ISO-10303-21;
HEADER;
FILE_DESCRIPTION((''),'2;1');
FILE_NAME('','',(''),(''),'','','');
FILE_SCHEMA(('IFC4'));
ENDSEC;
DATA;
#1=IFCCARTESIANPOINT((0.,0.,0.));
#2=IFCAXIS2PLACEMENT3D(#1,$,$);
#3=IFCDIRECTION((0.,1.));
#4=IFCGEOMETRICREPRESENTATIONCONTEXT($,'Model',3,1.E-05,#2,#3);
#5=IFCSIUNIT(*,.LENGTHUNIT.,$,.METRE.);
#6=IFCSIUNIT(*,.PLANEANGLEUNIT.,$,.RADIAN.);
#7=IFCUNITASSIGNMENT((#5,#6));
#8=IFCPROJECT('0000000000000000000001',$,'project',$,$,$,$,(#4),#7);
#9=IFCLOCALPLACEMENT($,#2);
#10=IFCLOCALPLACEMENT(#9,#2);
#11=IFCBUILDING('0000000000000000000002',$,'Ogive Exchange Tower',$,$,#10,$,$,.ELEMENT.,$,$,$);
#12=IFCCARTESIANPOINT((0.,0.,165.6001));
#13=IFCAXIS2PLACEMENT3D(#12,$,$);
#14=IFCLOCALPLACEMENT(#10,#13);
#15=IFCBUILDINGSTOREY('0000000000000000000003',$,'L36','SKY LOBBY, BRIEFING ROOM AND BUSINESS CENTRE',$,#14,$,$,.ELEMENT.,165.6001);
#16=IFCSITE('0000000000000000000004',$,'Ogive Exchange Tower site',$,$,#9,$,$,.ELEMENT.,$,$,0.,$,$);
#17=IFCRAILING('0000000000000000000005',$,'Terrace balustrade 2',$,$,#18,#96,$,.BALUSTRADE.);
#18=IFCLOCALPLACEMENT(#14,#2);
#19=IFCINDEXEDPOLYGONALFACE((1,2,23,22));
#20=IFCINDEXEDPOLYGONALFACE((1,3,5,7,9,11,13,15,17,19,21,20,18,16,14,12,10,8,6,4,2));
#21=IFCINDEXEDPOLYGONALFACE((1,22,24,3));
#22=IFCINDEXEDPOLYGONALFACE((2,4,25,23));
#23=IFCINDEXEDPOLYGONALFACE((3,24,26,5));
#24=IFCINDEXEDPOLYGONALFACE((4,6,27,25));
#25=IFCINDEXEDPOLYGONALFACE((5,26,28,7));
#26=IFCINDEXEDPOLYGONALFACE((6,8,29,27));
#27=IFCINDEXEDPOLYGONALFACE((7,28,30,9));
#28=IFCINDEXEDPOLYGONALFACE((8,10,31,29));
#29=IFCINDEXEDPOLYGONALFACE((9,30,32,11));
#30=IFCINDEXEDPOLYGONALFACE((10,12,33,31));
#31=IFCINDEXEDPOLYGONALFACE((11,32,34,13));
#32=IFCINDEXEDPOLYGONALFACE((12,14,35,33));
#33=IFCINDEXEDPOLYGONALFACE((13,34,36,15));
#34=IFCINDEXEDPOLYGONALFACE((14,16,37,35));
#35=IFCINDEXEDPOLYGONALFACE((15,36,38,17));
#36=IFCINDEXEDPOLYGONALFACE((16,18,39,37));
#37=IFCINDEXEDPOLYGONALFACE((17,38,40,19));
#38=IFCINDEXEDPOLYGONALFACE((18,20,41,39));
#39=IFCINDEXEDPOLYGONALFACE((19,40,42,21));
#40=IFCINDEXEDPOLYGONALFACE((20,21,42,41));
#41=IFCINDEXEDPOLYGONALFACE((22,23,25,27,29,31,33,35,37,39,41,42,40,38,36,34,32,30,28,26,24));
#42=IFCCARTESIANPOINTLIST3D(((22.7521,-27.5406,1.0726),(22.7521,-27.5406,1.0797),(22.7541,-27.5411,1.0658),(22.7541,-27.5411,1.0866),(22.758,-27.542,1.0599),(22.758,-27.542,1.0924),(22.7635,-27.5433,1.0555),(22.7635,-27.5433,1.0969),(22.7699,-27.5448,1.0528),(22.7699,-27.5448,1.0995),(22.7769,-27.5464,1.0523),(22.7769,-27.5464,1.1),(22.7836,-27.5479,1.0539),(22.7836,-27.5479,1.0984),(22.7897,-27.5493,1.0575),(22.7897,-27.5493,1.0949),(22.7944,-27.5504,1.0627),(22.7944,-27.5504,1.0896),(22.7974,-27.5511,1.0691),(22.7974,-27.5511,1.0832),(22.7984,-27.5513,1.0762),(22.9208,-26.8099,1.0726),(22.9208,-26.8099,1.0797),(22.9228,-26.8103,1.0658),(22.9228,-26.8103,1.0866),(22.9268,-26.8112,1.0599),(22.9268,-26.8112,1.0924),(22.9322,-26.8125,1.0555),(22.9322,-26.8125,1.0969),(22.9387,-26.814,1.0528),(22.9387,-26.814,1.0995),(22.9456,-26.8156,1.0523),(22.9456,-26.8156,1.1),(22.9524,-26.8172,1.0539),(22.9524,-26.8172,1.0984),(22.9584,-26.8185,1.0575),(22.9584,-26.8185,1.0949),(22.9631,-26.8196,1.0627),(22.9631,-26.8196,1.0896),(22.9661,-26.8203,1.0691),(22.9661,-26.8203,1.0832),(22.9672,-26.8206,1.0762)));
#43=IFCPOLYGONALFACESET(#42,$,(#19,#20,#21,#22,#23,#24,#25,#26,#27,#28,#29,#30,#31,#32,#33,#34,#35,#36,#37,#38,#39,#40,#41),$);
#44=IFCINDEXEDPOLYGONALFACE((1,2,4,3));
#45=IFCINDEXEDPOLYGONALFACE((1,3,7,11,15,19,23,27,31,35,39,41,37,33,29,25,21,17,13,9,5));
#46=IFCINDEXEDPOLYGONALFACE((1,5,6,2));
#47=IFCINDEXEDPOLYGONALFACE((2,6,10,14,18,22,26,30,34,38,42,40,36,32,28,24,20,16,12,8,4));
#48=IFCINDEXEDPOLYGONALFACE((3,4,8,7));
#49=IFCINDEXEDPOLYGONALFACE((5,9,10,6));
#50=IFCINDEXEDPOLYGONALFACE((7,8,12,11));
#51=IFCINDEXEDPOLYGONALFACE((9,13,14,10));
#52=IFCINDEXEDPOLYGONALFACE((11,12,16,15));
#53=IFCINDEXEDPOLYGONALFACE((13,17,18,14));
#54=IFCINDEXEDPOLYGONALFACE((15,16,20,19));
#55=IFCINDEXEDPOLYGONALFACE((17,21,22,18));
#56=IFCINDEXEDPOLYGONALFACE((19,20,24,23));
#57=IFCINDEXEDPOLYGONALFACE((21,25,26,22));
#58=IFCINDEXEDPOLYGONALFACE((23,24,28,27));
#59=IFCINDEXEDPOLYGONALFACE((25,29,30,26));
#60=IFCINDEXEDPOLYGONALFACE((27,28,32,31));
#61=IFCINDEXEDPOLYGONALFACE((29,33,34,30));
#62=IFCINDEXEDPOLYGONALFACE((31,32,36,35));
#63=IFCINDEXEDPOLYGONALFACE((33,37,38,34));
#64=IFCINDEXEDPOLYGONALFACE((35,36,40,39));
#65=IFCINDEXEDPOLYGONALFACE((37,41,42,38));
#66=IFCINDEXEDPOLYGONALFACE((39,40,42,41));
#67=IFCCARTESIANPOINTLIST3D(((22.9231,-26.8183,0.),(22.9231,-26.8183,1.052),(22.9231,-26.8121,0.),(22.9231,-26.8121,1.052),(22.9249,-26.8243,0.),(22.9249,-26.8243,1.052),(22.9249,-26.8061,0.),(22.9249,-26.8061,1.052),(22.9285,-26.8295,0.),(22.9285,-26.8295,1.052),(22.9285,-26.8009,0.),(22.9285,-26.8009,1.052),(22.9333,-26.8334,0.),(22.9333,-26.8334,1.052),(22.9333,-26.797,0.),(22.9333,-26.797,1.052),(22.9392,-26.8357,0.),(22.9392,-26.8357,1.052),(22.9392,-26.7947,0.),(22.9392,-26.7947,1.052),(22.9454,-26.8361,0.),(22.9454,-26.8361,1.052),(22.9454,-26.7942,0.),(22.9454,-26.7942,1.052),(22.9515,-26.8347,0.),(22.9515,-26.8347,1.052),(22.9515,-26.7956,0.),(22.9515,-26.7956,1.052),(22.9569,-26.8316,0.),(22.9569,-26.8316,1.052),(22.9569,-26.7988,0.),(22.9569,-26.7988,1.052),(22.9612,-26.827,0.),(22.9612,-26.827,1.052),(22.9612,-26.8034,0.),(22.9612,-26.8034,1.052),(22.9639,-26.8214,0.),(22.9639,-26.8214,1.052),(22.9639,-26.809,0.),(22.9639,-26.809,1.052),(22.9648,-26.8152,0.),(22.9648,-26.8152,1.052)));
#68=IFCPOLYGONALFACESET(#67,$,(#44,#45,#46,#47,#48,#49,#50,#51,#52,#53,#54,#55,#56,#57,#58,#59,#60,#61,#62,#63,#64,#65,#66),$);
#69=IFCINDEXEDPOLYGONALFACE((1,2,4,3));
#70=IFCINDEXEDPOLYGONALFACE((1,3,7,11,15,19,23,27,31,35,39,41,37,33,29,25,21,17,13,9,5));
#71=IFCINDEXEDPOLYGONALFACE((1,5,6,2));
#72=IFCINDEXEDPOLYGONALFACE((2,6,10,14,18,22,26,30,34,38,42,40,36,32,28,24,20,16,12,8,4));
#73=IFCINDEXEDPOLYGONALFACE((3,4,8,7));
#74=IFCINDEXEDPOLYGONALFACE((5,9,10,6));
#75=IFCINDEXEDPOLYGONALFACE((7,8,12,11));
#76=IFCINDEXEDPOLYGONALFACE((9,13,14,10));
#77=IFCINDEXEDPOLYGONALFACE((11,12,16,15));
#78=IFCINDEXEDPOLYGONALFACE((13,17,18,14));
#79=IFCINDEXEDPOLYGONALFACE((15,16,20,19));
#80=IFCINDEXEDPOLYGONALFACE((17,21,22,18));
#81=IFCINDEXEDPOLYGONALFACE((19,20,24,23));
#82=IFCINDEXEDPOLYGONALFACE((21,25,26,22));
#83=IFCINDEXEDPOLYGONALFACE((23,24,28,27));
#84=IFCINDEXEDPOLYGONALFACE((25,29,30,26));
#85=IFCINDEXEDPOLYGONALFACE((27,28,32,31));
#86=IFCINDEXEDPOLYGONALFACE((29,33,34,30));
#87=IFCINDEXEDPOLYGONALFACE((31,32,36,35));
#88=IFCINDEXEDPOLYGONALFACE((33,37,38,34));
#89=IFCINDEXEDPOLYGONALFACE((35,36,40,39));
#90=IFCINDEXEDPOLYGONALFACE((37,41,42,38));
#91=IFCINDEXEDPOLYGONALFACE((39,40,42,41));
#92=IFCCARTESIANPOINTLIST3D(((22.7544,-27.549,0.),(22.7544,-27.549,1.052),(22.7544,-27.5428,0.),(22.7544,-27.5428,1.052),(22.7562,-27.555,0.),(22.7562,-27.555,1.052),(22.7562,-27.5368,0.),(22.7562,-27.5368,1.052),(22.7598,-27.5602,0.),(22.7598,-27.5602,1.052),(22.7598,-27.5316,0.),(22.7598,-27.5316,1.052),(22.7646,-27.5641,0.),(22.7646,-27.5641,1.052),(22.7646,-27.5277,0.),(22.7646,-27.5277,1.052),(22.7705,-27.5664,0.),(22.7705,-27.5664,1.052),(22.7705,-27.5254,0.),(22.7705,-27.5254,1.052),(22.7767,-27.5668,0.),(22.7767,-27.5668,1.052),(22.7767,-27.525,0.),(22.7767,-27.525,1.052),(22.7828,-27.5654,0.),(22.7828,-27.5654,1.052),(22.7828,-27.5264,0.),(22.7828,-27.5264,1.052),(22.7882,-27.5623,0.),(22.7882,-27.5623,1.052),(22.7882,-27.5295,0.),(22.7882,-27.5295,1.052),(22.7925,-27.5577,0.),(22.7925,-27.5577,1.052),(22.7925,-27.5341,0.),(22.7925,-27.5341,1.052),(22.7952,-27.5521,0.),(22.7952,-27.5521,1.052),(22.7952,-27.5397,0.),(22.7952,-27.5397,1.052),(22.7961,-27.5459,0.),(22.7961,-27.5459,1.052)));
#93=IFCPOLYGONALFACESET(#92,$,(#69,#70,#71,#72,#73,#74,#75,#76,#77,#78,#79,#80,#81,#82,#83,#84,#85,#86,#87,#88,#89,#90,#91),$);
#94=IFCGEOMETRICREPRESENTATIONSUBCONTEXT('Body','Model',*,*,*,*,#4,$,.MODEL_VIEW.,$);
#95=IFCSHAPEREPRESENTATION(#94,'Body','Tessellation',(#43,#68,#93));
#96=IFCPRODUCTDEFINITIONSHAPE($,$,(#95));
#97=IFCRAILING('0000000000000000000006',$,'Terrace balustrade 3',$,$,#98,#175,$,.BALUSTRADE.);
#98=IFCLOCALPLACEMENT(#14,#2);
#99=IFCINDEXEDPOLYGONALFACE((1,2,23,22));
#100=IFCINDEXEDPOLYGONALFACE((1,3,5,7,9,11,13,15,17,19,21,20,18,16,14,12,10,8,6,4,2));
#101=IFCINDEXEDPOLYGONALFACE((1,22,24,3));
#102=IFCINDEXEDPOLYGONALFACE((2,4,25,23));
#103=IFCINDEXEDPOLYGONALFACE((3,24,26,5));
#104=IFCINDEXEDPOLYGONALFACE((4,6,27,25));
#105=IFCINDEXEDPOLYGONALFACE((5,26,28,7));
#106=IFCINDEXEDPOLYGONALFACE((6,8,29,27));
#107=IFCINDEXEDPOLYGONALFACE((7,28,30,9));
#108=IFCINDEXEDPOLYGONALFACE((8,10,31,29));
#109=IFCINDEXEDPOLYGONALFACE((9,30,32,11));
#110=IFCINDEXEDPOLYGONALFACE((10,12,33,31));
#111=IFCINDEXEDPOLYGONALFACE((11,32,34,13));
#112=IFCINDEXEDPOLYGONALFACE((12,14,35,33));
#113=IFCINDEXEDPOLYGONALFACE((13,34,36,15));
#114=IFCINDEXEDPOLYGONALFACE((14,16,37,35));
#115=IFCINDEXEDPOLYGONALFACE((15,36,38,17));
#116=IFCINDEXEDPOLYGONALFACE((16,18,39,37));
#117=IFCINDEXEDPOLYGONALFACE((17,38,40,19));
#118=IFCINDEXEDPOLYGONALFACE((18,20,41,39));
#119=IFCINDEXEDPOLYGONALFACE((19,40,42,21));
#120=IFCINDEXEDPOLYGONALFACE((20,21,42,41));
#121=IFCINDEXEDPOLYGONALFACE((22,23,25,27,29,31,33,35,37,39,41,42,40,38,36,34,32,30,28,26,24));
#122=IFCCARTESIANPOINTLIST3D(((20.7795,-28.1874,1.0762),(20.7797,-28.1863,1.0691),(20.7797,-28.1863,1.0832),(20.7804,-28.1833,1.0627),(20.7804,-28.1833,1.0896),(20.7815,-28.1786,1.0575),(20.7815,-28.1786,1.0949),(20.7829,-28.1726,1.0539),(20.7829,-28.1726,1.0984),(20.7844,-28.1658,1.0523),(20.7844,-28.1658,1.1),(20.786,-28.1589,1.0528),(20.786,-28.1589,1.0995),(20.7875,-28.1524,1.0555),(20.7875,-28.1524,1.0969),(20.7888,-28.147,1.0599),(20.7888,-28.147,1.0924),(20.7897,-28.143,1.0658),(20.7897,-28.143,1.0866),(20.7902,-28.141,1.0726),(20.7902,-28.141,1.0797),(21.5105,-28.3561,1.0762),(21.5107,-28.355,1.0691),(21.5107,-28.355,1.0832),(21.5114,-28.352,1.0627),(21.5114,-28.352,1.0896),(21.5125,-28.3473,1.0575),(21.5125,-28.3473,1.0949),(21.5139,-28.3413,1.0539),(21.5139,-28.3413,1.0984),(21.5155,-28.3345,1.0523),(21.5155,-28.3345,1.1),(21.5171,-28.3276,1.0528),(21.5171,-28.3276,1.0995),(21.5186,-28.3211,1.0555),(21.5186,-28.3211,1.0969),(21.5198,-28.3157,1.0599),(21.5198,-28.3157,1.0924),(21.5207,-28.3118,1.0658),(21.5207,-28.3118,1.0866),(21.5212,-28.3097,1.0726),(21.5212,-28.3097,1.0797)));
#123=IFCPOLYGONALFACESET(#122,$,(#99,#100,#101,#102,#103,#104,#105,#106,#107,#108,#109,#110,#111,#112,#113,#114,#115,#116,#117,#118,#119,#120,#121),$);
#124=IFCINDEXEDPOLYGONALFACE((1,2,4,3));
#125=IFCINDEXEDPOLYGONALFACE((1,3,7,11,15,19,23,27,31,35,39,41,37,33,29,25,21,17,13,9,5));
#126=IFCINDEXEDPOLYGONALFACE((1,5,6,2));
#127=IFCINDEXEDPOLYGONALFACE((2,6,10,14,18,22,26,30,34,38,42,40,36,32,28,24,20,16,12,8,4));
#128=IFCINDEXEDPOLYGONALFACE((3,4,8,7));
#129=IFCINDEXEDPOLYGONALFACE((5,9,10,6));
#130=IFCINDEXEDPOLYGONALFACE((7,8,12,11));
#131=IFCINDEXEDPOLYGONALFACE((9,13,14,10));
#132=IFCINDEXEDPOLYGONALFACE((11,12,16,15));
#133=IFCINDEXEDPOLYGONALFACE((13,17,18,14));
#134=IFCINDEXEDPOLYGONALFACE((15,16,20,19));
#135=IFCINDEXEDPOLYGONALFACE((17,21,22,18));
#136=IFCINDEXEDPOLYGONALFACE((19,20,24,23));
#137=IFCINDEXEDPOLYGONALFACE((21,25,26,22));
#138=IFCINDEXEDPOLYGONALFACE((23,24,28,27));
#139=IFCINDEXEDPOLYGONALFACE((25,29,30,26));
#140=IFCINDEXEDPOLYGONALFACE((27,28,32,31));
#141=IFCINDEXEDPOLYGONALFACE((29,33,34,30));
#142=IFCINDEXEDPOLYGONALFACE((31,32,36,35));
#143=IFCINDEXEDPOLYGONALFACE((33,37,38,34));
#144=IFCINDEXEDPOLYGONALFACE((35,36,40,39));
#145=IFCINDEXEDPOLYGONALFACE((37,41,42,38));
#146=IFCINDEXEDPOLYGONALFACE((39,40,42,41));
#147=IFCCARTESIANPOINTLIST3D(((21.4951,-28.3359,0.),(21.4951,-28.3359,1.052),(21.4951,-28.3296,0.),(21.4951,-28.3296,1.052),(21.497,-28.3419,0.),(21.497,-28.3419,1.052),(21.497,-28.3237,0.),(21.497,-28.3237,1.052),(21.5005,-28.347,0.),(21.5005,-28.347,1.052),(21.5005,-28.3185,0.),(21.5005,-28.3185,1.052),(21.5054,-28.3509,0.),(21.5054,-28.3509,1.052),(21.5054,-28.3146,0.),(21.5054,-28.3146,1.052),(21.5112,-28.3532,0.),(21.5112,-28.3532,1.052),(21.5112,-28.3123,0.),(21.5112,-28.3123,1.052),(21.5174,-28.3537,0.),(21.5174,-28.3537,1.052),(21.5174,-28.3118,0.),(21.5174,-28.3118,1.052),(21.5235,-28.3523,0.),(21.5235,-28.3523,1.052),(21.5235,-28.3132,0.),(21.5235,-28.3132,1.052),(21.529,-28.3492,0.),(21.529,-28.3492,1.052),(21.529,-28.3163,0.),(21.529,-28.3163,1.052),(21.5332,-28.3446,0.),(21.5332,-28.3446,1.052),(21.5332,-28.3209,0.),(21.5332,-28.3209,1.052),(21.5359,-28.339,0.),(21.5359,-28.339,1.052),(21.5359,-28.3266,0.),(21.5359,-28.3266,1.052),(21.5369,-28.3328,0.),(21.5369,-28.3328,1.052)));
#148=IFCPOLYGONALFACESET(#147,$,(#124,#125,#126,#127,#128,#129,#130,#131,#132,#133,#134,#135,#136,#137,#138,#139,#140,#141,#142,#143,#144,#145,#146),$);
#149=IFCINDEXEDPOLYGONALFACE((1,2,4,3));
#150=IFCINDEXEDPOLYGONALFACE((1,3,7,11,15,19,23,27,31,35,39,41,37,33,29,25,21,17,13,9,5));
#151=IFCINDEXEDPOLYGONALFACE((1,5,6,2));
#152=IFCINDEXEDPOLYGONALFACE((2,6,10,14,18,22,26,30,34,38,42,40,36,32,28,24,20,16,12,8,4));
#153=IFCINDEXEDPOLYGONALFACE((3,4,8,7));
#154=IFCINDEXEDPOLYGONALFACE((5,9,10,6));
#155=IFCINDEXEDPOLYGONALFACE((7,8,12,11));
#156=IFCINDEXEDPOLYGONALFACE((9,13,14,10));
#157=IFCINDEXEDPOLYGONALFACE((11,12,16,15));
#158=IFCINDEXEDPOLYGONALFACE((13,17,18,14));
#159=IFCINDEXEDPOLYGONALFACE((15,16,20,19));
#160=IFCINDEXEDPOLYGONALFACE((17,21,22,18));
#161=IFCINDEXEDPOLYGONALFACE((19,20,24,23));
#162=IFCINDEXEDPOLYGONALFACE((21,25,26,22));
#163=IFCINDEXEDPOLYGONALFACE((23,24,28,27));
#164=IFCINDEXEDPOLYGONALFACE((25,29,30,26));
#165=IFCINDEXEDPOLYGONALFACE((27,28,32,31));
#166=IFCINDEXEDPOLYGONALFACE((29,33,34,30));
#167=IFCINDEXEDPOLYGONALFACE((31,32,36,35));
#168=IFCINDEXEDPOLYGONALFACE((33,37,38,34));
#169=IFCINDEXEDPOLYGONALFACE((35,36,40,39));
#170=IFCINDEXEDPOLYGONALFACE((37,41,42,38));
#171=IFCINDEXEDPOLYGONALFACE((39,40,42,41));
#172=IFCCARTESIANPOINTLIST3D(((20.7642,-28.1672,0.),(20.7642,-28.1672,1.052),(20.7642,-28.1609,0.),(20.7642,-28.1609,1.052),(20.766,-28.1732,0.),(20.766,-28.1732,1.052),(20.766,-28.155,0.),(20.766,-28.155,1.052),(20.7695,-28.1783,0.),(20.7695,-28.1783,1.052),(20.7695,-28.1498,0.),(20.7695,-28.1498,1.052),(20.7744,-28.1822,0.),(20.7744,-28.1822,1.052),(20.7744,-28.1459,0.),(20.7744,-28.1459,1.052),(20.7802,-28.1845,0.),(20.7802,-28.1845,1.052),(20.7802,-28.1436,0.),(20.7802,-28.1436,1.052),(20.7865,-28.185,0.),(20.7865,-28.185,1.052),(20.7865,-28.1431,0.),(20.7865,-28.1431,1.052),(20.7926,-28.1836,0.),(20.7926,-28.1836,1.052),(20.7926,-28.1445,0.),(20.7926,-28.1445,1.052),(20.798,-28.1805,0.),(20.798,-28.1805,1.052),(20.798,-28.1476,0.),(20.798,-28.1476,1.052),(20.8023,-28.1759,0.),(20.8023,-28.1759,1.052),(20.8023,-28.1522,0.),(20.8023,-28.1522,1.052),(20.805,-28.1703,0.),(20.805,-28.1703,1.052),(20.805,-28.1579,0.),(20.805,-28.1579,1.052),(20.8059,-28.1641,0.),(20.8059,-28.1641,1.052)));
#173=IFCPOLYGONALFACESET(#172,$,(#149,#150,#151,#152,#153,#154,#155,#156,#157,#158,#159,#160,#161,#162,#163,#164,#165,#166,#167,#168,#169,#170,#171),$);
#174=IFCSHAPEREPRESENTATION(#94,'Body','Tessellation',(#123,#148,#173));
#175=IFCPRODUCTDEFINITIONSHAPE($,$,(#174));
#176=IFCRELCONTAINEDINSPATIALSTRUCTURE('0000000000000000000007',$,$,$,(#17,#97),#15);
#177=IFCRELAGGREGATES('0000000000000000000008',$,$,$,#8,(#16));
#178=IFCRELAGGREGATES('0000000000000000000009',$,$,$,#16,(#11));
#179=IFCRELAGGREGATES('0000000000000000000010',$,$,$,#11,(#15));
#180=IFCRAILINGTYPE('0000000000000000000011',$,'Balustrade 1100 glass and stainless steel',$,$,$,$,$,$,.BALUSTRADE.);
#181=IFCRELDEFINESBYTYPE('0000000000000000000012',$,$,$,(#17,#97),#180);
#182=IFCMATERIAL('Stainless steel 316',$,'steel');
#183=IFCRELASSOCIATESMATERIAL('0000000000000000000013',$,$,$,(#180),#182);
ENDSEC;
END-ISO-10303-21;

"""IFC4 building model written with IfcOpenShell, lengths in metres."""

from ifc_helpers import new_model, si_unit, direction, frame, origin, origin_2d, place, context, subcontext, project, spatial, circle, extrude, material, type_object, element, save


model = new_model("IFC4")

# Units and contexts
model_context = context("Model", 3, precision=1e-05, world=origin(), true_north=direction((0.0, 1.0)))
body_context = subcontext(model_context, "Body", "Model", "MODEL_VIEW")
ifc_project = project(units=[si_unit("LENGTHUNIT", "METRE"), si_unit("PLANEANGLEUNIT", "RADIAN")], contexts=[model_context])

# Site, building, storey
site_placement = place(None, origin())
site = spatial("IfcSite", under=ifc_project, at=site_placement, Name="Ogive Exchange Tower site", CompositionType="ELEMENT", RefElevation=0.0)
building_placement = place(site_placement, origin())
building = spatial("IfcBuilding", under=site, at=building_placement, Name="Ogive Exchange Tower", CompositionType="ELEMENT")
storey_placement = place(building_placement, frame((0.0, 0.0, 165.6001)))
storey = spatial("IfcBuildingStorey", under=building, at=storey_placement, Name="L36", Description="SKY LOBBY, BRIEFING ROOM AND BUSINESS CENTRE", CompositionType="ELEMENT", Elevation=165.6001)

# Railings
ifc_material_1 = material(Name="Stainless steel 316", Category="steel")
railing_type_1 = type_object("IfcRailingType", Name="Balustrade 1100 glass and stainless steel", PredefinedType="BALUSTRADE", material=ifc_material_1)
railing_1_placement = place(storey_placement, frame((22.9438, -26.8152, 0.0)))
element("IfcRailing", 1, at=railing_1_placement, inside=storey, type_object=railing_type_1, Name="Terrace balustrade 2", PredefinedType="BALUSTRADE", context=body_context, shape_type="SweptSolid", body=[
    extrude(circle(Radius=0.0239, at=origin_2d()), frame((0.0, 0.0, 1.0762), z_axis=(-0.224955, -0.974369, 0.0), x_axis=(0.974369, -0.224955, 0.0)), (0.0, 0.0, 1.0), 0.75),
    extrude(circle(Radius=0.021, at=origin_2d()), origin(), (0.0, 0.0, 1.0), 1.052),
    extrude(circle(Radius=0.021, at=origin_2d()), frame((-0.1687, -0.7307, 0.0)), (0.0, 0.0, 1.0), 1.052),
])
railing_2_placement = place(storey_placement, frame((21.5159, -28.3328, 0.0)))
element("IfcRailing", 2, at=railing_2_placement, inside=storey, type_object=railing_type_1, Name="Terrace balustrade 3", PredefinedType="BALUSTRADE", context=body_context, shape_type="SweptSolid", body=[
    extrude(circle(Radius=0.0239, at=origin_2d()), frame((0.0, 0.0, 1.0762), z_axis=(-0.974386, 0.224883, 0.0), x_axis=(-0.224883, -0.974386, 0.0)), (0.0, 0.0, 1.0), 0.7502),
    extrude(circle(Radius=0.021, at=origin_2d()), origin(), (0.0, 0.0, 1.0), 1.052),
    extrude(circle(Radius=0.021, at=origin_2d()), frame((-0.731, 0.1687, 0.0)), (0.0, 0.0, 1.0), 1.052),
])

save(model, "model.ifc")
